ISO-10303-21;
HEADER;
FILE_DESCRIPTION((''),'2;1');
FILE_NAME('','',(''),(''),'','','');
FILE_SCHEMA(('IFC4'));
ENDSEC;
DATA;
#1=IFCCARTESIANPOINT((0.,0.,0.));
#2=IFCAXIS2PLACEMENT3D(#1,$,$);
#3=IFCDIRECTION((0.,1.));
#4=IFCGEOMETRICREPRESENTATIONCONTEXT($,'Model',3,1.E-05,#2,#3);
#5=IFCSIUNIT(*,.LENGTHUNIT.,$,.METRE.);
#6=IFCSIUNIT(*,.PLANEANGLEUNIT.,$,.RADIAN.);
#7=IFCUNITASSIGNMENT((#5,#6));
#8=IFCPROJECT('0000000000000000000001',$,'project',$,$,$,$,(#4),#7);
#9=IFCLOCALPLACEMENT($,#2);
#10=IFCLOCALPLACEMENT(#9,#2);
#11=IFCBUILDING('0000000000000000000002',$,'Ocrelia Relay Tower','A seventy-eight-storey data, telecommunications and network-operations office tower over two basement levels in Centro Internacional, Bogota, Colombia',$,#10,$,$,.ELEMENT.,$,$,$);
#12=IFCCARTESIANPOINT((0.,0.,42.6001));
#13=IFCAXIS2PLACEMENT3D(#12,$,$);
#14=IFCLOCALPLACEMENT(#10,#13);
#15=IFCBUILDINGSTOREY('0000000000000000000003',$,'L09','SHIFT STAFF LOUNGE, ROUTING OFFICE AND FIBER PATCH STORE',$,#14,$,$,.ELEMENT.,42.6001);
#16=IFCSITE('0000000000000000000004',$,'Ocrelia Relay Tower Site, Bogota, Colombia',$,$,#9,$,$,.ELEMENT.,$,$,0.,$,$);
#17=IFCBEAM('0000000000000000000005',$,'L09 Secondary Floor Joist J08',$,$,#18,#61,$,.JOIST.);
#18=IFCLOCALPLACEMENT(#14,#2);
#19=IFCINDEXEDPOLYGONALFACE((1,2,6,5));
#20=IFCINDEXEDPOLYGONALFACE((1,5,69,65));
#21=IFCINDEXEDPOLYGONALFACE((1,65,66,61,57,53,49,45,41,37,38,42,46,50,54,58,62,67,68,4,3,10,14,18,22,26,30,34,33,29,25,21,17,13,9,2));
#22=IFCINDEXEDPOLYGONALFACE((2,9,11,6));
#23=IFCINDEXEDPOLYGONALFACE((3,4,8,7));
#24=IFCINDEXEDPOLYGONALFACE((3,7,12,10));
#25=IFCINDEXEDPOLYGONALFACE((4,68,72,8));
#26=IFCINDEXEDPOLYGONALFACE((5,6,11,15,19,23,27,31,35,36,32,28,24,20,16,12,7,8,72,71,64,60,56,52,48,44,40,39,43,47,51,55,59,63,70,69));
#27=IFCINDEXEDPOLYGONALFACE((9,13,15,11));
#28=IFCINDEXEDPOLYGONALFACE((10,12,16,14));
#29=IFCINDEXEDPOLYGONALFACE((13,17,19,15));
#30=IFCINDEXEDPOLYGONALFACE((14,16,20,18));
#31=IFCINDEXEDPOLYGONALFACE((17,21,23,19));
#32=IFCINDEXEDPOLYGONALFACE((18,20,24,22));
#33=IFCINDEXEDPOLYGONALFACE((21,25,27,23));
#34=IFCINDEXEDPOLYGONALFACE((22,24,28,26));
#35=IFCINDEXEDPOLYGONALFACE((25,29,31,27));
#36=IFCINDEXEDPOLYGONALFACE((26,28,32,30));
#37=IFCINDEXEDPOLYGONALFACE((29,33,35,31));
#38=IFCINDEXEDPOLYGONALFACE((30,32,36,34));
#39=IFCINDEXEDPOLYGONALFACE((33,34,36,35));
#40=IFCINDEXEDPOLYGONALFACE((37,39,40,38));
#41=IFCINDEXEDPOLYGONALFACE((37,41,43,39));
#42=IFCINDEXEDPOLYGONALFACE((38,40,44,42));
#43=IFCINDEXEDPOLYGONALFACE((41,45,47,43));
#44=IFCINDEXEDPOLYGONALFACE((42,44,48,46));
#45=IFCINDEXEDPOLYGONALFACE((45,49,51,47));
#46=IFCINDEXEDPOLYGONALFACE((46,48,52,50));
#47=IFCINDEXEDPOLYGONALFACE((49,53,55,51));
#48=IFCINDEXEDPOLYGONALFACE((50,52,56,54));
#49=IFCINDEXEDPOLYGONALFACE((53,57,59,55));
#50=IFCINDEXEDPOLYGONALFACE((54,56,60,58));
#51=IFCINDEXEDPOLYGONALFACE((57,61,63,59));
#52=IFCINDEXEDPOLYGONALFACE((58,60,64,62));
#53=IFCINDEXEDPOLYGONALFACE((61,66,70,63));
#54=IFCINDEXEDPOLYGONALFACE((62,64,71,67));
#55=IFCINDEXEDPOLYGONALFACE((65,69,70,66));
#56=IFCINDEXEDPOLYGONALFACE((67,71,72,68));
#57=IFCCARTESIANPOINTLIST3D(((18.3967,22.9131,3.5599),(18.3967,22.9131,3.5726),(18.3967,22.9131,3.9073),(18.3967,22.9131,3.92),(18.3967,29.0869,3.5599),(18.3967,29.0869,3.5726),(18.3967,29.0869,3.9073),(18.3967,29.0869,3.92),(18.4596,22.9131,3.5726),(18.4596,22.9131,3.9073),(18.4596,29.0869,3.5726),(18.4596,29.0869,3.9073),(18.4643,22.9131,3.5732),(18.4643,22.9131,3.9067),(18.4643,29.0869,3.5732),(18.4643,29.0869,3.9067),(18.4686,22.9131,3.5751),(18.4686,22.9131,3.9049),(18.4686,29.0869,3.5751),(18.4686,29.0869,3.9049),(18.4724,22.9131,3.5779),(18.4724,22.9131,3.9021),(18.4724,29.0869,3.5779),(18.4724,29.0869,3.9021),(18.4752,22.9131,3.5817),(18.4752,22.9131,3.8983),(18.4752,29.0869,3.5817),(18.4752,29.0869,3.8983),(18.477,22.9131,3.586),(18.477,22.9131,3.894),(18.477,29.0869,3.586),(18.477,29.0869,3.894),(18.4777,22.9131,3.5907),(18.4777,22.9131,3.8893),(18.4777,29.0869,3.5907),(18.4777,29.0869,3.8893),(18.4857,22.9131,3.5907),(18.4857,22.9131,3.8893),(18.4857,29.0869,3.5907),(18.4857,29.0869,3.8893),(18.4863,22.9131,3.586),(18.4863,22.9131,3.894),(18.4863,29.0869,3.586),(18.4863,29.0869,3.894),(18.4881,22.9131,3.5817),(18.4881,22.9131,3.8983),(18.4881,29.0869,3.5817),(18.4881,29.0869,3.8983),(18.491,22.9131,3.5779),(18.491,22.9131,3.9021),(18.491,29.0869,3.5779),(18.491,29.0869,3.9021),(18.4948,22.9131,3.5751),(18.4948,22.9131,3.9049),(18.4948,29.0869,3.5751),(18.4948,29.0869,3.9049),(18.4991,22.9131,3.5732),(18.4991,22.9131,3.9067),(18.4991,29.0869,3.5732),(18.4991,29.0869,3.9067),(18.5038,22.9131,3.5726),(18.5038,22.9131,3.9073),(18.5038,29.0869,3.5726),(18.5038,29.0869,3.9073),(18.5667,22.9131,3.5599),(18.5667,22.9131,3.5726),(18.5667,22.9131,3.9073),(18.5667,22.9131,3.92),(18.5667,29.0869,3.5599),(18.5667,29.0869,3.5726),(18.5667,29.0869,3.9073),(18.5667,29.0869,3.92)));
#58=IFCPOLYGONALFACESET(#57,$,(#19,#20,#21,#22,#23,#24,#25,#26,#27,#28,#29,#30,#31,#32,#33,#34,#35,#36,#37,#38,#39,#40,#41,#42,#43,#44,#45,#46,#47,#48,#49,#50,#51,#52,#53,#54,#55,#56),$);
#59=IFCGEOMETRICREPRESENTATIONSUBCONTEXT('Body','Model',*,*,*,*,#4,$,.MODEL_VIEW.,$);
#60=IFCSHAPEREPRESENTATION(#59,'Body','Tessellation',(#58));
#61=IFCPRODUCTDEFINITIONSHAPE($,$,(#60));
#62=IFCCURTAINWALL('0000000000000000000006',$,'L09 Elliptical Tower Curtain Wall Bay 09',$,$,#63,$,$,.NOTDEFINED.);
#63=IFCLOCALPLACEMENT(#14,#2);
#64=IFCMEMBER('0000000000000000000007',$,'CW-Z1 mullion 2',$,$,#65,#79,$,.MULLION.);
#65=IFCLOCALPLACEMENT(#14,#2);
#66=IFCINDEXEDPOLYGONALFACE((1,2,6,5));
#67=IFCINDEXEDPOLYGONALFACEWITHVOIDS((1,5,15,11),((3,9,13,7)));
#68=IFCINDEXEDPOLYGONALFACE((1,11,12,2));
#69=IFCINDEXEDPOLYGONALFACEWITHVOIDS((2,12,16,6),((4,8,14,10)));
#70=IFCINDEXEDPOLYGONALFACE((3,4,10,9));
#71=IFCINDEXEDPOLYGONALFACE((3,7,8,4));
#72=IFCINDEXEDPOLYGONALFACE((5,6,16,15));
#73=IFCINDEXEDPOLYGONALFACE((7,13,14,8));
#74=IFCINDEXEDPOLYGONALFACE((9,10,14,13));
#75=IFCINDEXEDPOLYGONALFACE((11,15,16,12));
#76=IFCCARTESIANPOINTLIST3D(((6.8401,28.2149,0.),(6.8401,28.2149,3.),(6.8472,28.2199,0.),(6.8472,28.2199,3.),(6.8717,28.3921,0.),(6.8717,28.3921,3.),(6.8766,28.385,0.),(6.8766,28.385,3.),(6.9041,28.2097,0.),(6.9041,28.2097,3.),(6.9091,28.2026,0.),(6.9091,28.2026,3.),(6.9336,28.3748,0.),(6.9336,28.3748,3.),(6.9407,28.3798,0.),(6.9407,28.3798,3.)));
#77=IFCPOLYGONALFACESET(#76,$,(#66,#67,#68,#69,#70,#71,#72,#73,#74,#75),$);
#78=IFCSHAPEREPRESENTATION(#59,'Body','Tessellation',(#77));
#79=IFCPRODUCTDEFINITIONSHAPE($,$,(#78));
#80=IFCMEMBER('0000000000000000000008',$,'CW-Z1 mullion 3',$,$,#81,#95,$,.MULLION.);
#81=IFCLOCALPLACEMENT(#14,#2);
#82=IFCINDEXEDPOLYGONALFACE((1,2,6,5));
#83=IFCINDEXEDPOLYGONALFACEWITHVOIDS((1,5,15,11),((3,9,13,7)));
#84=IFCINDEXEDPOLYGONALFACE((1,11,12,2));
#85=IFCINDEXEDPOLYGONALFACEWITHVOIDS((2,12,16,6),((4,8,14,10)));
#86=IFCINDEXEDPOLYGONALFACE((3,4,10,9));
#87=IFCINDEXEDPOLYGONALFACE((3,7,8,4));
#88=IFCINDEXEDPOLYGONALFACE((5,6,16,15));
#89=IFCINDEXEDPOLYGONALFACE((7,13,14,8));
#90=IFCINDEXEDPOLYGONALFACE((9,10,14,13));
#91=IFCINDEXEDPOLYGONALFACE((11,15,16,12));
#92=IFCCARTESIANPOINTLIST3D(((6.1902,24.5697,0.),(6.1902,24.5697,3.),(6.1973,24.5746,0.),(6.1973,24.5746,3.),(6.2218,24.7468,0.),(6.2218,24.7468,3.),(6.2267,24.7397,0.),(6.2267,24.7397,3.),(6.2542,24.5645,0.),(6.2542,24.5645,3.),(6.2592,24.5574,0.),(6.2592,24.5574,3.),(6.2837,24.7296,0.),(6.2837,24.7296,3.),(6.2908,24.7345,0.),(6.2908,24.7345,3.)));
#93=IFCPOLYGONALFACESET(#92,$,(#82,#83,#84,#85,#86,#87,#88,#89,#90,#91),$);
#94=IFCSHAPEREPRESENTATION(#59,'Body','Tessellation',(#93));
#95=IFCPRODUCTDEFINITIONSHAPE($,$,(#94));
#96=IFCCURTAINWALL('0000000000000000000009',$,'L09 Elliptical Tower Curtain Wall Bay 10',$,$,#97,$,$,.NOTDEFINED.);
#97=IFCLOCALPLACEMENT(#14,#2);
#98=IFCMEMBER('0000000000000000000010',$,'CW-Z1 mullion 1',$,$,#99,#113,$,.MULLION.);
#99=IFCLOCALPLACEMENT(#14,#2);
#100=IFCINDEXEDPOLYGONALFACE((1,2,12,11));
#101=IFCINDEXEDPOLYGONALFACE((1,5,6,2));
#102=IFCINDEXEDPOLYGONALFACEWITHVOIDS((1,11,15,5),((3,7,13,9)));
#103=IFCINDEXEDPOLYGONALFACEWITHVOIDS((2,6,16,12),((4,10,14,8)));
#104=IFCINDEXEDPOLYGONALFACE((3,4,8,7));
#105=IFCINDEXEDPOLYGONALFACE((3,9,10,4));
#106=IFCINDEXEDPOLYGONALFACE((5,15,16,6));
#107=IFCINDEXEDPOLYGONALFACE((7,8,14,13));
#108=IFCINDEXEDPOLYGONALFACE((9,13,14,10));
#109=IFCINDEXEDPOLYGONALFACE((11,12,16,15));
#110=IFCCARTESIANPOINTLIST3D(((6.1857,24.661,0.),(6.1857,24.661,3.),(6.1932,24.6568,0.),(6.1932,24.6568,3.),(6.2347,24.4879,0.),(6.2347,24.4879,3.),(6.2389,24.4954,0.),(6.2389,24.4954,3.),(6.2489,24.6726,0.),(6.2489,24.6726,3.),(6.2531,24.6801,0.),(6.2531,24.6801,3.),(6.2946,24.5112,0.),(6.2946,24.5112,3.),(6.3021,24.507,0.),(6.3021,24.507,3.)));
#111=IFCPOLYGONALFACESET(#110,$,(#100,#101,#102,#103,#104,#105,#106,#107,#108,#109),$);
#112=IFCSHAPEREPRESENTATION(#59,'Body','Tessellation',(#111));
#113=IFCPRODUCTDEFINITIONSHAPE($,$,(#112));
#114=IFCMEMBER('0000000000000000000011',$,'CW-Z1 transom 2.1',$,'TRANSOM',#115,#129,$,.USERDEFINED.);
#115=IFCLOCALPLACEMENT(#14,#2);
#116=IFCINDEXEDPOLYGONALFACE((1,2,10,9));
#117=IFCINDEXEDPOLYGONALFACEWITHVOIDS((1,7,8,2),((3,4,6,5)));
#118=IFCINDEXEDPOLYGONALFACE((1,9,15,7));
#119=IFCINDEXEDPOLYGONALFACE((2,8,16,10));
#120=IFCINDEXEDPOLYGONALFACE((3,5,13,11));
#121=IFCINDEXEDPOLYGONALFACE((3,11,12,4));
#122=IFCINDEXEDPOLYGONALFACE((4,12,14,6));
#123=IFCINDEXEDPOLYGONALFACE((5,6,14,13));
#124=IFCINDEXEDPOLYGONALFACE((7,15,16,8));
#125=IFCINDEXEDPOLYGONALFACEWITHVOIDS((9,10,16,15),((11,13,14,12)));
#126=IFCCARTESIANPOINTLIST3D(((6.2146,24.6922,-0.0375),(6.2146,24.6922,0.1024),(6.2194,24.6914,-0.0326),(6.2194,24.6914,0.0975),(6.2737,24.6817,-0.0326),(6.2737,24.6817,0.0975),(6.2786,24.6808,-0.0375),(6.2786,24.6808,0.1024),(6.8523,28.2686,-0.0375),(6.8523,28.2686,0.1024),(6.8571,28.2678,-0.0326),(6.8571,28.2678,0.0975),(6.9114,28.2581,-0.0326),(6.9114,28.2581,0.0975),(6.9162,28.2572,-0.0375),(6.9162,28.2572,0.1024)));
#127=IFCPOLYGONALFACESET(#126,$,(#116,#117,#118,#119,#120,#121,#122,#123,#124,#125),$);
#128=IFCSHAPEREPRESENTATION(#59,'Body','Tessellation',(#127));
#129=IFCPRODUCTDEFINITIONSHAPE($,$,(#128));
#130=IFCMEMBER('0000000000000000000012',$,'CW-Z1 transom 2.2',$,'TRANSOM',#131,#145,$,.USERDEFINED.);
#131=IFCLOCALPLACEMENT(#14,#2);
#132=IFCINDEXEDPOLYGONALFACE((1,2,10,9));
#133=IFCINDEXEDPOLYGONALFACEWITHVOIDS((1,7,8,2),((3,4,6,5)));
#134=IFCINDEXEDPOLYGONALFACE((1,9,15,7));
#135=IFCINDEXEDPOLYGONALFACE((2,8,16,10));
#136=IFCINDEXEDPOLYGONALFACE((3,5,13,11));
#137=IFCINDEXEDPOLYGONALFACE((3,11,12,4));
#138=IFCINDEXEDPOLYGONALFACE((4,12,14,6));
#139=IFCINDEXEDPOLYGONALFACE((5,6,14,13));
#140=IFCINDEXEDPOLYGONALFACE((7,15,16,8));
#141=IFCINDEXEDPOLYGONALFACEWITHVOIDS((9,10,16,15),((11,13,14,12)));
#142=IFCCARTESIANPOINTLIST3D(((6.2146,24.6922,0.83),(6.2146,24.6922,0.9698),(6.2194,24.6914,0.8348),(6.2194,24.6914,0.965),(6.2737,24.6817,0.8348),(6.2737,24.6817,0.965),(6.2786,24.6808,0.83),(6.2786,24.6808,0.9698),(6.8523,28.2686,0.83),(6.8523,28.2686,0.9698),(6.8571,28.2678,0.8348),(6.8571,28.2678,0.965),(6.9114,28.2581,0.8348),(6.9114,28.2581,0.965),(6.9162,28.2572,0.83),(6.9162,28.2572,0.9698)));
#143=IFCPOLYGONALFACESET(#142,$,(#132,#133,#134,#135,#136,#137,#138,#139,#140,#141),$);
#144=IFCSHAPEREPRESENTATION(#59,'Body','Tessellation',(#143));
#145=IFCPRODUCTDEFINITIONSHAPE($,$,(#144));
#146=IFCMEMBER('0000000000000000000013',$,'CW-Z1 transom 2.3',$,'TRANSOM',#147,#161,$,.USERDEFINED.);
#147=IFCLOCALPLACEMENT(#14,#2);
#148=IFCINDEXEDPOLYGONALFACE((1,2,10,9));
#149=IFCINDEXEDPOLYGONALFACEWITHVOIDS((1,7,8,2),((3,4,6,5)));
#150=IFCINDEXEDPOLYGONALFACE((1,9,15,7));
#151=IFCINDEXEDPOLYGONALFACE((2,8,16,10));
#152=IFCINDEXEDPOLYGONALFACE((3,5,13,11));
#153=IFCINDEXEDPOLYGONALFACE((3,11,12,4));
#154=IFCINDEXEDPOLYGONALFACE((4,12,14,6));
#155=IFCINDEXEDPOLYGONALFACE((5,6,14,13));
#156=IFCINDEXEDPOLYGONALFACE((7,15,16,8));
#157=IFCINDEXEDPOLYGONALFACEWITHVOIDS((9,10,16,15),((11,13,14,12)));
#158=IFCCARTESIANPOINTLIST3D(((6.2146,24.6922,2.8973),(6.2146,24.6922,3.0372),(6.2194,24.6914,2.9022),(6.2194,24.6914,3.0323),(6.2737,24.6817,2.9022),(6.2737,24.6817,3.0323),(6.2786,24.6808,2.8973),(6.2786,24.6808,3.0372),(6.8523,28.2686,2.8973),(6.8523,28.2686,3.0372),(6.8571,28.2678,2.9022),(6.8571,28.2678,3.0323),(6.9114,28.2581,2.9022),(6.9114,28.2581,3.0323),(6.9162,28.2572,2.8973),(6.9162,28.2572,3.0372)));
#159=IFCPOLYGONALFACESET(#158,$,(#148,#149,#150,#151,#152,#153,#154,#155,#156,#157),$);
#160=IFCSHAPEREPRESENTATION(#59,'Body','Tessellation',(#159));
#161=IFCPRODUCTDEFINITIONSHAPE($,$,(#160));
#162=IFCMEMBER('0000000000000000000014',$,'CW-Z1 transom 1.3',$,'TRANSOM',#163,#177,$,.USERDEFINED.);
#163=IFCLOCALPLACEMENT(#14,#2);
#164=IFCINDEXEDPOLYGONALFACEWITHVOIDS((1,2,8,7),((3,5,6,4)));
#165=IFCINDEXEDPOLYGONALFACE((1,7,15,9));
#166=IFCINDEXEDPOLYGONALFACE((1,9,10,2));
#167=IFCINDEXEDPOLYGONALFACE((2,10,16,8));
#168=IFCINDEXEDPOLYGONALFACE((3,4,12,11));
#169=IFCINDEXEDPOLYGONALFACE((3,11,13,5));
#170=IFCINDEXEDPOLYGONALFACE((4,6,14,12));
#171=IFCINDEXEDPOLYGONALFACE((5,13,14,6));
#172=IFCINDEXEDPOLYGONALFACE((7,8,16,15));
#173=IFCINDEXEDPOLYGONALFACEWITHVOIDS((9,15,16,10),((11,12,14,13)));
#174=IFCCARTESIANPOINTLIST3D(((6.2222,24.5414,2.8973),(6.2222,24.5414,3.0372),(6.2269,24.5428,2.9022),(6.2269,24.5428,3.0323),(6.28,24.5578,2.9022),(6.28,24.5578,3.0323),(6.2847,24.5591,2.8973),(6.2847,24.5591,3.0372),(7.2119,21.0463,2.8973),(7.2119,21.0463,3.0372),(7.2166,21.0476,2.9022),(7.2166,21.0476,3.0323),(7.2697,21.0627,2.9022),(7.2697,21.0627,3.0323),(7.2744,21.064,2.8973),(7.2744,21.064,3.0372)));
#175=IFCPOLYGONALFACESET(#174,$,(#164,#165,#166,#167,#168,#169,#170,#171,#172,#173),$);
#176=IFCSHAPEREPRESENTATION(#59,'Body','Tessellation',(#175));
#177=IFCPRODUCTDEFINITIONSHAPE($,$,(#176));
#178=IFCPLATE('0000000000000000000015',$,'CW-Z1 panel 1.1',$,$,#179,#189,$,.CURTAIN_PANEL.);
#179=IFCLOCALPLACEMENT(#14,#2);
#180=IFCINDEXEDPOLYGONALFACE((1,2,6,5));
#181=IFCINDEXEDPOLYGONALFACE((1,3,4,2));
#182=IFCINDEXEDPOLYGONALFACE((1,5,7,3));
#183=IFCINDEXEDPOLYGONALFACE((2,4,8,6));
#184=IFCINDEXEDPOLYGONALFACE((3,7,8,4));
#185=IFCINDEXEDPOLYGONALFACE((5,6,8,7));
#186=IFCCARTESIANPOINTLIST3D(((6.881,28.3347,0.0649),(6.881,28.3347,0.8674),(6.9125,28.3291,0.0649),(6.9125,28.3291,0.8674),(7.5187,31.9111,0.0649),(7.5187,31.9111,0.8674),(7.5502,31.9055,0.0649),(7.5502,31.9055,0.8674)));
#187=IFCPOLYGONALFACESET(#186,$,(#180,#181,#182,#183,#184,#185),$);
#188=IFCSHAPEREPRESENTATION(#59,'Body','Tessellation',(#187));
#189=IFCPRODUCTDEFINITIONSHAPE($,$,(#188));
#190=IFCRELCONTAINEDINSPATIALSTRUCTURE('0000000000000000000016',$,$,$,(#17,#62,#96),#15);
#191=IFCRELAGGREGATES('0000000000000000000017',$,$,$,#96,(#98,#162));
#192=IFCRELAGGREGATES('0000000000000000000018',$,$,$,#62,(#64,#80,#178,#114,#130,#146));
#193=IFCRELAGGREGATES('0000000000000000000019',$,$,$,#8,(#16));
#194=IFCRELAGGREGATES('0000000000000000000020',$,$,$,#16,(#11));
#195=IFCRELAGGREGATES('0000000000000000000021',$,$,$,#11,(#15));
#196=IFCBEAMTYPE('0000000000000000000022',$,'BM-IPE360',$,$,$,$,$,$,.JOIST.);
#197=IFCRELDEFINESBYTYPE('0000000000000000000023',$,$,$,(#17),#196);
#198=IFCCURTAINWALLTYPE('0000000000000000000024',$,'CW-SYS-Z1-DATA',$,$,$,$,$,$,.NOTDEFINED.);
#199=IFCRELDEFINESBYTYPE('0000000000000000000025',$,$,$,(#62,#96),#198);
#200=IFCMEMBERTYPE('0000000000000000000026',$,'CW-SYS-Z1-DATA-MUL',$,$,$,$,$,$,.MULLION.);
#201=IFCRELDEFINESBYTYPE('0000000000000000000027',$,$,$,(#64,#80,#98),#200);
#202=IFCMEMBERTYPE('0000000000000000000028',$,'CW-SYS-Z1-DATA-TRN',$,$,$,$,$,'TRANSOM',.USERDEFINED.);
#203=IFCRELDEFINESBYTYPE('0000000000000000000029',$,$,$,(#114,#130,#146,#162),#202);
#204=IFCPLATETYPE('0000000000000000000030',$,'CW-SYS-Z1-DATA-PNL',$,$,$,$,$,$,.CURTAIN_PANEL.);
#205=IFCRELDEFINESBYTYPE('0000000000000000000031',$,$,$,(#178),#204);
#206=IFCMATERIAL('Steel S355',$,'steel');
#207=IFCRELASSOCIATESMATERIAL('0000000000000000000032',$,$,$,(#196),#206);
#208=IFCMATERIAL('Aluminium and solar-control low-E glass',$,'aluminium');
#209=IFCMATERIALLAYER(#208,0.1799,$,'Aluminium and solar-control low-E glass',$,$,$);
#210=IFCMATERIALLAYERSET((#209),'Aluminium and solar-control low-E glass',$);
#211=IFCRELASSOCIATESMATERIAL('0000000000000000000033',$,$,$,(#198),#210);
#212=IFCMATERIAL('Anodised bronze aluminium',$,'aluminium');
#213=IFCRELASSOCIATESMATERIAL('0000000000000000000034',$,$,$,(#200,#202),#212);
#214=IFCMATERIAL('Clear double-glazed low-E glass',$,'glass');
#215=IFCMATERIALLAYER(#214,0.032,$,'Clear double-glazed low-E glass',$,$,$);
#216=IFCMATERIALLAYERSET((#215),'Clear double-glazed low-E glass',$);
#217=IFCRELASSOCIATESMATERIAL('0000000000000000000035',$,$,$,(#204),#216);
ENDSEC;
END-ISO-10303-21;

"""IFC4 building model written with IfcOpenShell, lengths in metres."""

from ifc_helpers import new_model, si_unit, direction, frame, origin, origin_2d, place, context, subcontext, project, spatial, rectangle, hollow_rectangle, i_section, extrude, material, layer, layer_set, material_profile, profile_set, type_object, element, aggregate, save


model = new_model("IFC4")

# Units and contexts
model_context = context("Model", 3, precision=1e-05, world=origin(), true_north=direction((0.0, 1.0)))
body_context = subcontext(model_context, "Body", "Model", "MODEL_VIEW")
ifc_project = project(units=[si_unit("LENGTHUNIT", "METRE"), si_unit("PLANEANGLEUNIT", "RADIAN")], contexts=[model_context])

# Site, building, storey
site_placement = place(None, origin())
site = spatial("IfcSite", under=ifc_project, at=site_placement, Name="Ocrelia Relay Tower Site, Bogota, Colombia", CompositionType="ELEMENT", RefElevation=0.0)
building_placement = place(site_placement, origin())
building = spatial("IfcBuilding", under=site, at=building_placement, Name="Ocrelia Relay Tower", Description="A seventy-eight-storey data, telecommunications and network-operations office tower over two basement levels in Centro Internacional, Bogota, Colombia", CompositionType="ELEMENT")
storey_placement = place(building_placement, frame((0.0, 0.0, 42.6001)))
storey = spatial("IfcBuildingStorey", under=building, at=storey_placement, Name="L09", Description="SHIFT STAFF LOUNGE, ROUTING OFFICE AND FIBER PATCH STORE", CompositionType="ELEMENT", Elevation=42.6001)

# Beam
ifc_material_1 = material(Name="Steel S355", Category="steel")
ifc_material_profile_1 = material_profile(ifc_material_1, i_section(OverallWidth=0.1699, OverallDepth=0.3601, WebThickness=0.0081, FlangeThickness=0.0127, FilletRadius=0.0181, at=origin_2d()), Name="IPE 360")
ifc_profile_set_1 = profile_set([ifc_material_profile_1], Name="Steel S355")
beam_type_1 = type_object("IfcBeamType", Name="BM-IPE360", PredefinedType="JOIST", material=ifc_profile_set_1)
beam_1_placement = place(storey_placement, frame((18.4817, 29.0869, 3.74), z_axis=(0.0, -1.0, 0.0), x_axis=(1.0, 0.0, 0.0)))
element("IfcBeam", 1, at=beam_1_placement, inside=storey, type_object=beam_type_1, Name="L09 Secondary Floor Joist J08", PredefinedType="JOIST", context=body_context, shape_type="SweptSolid", body=[
    extrude(i_section(OverallWidth=0.1699, OverallDepth=0.3601, WebThickness=0.0081, FlangeThickness=0.0127, FilletRadius=0.0181, at=origin_2d()), origin(), (0.0, 0.0, 1.0), 6.1738),
])

# Curtain wall, members
ifc_material_2 = material(Name="Aluminium and solar-control low-E glass", Category="aluminium")
ifc_layer_1 = layer(ifc_material_2, 0.1799, Name="Aluminium and solar-control low-E glass")
ifc_layer_set_1 = layer_set([ifc_layer_1], Name="Aluminium and solar-control low-E glass")
curtain_wall_type = type_object("IfcCurtainWallType", Name="CW-SYS-Z1-DATA", PredefinedType="NOTDEFINED", material=ifc_layer_set_1)
curtain_wall_1_placement = place(storey_placement, origin())
curtain_wall_1 = element("IfcCurtainWall", 2, at=curtain_wall_1_placement, inside=storey, type_object=curtain_wall_type, Name="L09 Elliptical Tower Curtain Wall Bay 09", PredefinedType="NOTDEFINED")
ifc_material_3 = material(Name="Anodised bronze aluminium", Category="aluminium")
ifc_material_profile_2 = material_profile(ifc_material_3, hollow_rectangle(XDim=0.0701, YDim=0.1799, WallThickness=0.0061, at=origin_2d()), Name="CW-MUL-180x70")
ifc_profile_set_2 = profile_set([ifc_material_profile_2], Name="Anodised bronze aluminium")
member_type_1 = type_object("IfcMemberType", Name="CW-SYS-Z1-DATA-MUL", PredefinedType="MULLION", material=ifc_profile_set_2)
member_1_placement = place(storey_placement, frame((6.8904, 28.2974, 0.0), z_axis=(0.0, 0.0, 1.0), x_axis=(0.984473, -0.175534, 0.0)))
member_1 = element("IfcMember", 3, at=member_1_placement, type_object=member_type_1, Name="CW-Z1 mullion 2", PredefinedType="MULLION", context=body_context, shape_type="SweptSolid", body=[
    extrude(hollow_rectangle(XDim=0.0701, YDim=0.1799, WallThickness=0.0061, at=origin_2d()), origin(), (0.0, 0.0, 1.0), 3.0),
])
member_2_placement = place(storey_placement, frame((6.2405, 24.6521, 0.0), z_axis=(0.0, 0.0, 1.0), x_axis=(0.984473, -0.175534, 0.0)))
member_2 = element("IfcMember", 4, at=member_2_placement, type_object=member_type_1, Name="CW-Z1 mullion 3", PredefinedType="MULLION", context=body_context, shape_type="SweptSolid", body=[
    extrude(hollow_rectangle(XDim=0.0701, YDim=0.1799, WallThickness=0.0061, at=origin_2d()), origin(), (0.0, 0.0, 1.0), 3.0),
])

# Curtain wall, member
curtain_wall_2_placement = place(storey_placement, origin())
curtain_wall_2 = element("IfcCurtainWall", 5, at=curtain_wall_2_placement, inside=storey, type_object=curtain_wall_type, Name="L09 Elliptical Tower Curtain Wall Bay 10", PredefinedType="NOTDEFINED")
member_3_placement = place(storey_placement, frame((6.2439, 24.584, 0.0), z_axis=(0.0, 0.0, 1.0), x_axis=(0.962169, 0.272454, 0.0)))
member_3 = element("IfcMember", 6, at=member_3_placement, type_object=member_type_1, Name="CW-Z1 mullion 1", PredefinedType="MULLION", context=body_context, shape_type="SweptSolid", body=[
    extrude(hollow_rectangle(XDim=0.0701, YDim=0.1799, WallThickness=0.0061, at=origin_2d()), origin(), (0.0, 0.0, 1.0), 3.0),
])

# Members
ifc_material_profile_3 = material_profile(ifc_material_3, hollow_rectangle(XDim=0.0649, YDim=0.1399, WallThickness=0.0049, at=origin_2d()), Name="CW-TRN-140x65")
ifc_profile_set_3 = profile_set([ifc_material_profile_3], Name="Anodised bronze aluminium")
member_type_2 = type_object("IfcMemberType", Name="CW-SYS-Z1-DATA-TRN", ElementType="TRANSOM", PredefinedType="USERDEFINED", material=ifc_profile_set_3)
member_4_placement = place(storey_placement, frame((6.8843, 28.2629, 0.0325), z_axis=(-0.175537, -0.984473, 0.0), x_axis=(0.984473, -0.175537, 0.0)))
member_4 = element("IfcMember", 7, at=member_4_placement, type_object=member_type_2, Name="CW-Z1 transom 2.1", ObjectType="TRANSOM", PredefinedType="USERDEFINED", context=body_context, shape_type="SweptSolid", body=[
    extrude(hollow_rectangle(XDim=0.0649, YDim=0.1399, WallThickness=0.0049, at=origin_2d()), origin(), (0.0, 0.0, 1.0), 3.6328),
])
member_5_placement = place(storey_placement, frame((6.8843, 28.2629, 0.8999), z_axis=(-0.175537, -0.984473, 0.0), x_axis=(0.984473, -0.175537, 0.0)))
member_5 = element("IfcMember", 8, at=member_5_placement, type_object=member_type_2, Name="CW-Z1 transom 2.2", ObjectType="TRANSOM", PredefinedType="USERDEFINED", context=body_context, shape_type="SweptSolid", body=[
    extrude(hollow_rectangle(XDim=0.0649, YDim=0.1399, WallThickness=0.0049, at=origin_2d()), origin(), (0.0, 0.0, 1.0), 3.6328),
])
member_6_placement = place(storey_placement, frame((6.8843, 28.2629, 2.9673), z_axis=(-0.175537, -0.984473, 0.0), x_axis=(0.984473, -0.175537, 0.0)))
member_6 = element("IfcMember", 9, at=member_6_placement, type_object=member_type_2, Name="CW-Z1 transom 2.3", ObjectType="TRANSOM", PredefinedType="USERDEFINED", context=body_context, shape_type="SweptSolid", body=[
    extrude(hollow_rectangle(XDim=0.0649, YDim=0.1399, WallThickness=0.0049, at=origin_2d()), origin(), (0.0, 0.0, 1.0), 3.6328),
])
member_7_placement = place(storey_placement, frame((6.2534, 24.5503, 2.9673), z_axis=(0.272466, -0.962165, 0.0), x_axis=(0.962165, 0.272466, 0.0)))
member_7 = element("IfcMember", 10, at=member_7_placement, type_object=member_type_2, Name="CW-Z1 transom 1.3", ObjectType="TRANSOM", PredefinedType="USERDEFINED", context=body_context, shape_type="SweptSolid", body=[
    extrude(hollow_rectangle(XDim=0.0649, YDim=0.1399, WallThickness=0.0049, at=origin_2d()), origin(), (0.0, 0.0, 1.0), 3.6326),
])
aggregate(curtain_wall_2, [member_3, member_7])

# Plate
ifc_material_4 = material(Name="Clear double-glazed low-E glass", Category="glass")
ifc_layer_2 = layer(ifc_material_4, 0.032, Name="Clear double-glazed low-E glass")
ifc_layer_set_2 = layer_set([ifc_layer_2], Name="Clear double-glazed low-E glass")
plate_type = type_object("IfcPlateType", Name="CW-SYS-Z1-DATA-PNL", PredefinedType="CURTAIN_PANEL", material=ifc_layer_set_2)
plate_1_placement = place(storey_placement, frame((7.2156, 30.1201, 0.0649), z_axis=(0.0, 0.0, 1.0), x_axis=(-0.175534, -0.984473, 0.0)))
plate_1 = element("IfcPlate", 11, at=plate_1_placement, type_object=plate_type, Name="CW-Z1 panel 1.1", PredefinedType="CURTAIN_PANEL", context=body_context, shape_type="SweptSolid", body=[
    extrude(rectangle(XDim=3.6328, YDim=0.032, at=origin_2d()), origin(), (0.0, 0.0, 1.0), 0.8025),
])
aggregate(curtain_wall_1, [member_1, member_2, plate_1, member_4, member_5, member_6])

save(model, "model.ifc")
